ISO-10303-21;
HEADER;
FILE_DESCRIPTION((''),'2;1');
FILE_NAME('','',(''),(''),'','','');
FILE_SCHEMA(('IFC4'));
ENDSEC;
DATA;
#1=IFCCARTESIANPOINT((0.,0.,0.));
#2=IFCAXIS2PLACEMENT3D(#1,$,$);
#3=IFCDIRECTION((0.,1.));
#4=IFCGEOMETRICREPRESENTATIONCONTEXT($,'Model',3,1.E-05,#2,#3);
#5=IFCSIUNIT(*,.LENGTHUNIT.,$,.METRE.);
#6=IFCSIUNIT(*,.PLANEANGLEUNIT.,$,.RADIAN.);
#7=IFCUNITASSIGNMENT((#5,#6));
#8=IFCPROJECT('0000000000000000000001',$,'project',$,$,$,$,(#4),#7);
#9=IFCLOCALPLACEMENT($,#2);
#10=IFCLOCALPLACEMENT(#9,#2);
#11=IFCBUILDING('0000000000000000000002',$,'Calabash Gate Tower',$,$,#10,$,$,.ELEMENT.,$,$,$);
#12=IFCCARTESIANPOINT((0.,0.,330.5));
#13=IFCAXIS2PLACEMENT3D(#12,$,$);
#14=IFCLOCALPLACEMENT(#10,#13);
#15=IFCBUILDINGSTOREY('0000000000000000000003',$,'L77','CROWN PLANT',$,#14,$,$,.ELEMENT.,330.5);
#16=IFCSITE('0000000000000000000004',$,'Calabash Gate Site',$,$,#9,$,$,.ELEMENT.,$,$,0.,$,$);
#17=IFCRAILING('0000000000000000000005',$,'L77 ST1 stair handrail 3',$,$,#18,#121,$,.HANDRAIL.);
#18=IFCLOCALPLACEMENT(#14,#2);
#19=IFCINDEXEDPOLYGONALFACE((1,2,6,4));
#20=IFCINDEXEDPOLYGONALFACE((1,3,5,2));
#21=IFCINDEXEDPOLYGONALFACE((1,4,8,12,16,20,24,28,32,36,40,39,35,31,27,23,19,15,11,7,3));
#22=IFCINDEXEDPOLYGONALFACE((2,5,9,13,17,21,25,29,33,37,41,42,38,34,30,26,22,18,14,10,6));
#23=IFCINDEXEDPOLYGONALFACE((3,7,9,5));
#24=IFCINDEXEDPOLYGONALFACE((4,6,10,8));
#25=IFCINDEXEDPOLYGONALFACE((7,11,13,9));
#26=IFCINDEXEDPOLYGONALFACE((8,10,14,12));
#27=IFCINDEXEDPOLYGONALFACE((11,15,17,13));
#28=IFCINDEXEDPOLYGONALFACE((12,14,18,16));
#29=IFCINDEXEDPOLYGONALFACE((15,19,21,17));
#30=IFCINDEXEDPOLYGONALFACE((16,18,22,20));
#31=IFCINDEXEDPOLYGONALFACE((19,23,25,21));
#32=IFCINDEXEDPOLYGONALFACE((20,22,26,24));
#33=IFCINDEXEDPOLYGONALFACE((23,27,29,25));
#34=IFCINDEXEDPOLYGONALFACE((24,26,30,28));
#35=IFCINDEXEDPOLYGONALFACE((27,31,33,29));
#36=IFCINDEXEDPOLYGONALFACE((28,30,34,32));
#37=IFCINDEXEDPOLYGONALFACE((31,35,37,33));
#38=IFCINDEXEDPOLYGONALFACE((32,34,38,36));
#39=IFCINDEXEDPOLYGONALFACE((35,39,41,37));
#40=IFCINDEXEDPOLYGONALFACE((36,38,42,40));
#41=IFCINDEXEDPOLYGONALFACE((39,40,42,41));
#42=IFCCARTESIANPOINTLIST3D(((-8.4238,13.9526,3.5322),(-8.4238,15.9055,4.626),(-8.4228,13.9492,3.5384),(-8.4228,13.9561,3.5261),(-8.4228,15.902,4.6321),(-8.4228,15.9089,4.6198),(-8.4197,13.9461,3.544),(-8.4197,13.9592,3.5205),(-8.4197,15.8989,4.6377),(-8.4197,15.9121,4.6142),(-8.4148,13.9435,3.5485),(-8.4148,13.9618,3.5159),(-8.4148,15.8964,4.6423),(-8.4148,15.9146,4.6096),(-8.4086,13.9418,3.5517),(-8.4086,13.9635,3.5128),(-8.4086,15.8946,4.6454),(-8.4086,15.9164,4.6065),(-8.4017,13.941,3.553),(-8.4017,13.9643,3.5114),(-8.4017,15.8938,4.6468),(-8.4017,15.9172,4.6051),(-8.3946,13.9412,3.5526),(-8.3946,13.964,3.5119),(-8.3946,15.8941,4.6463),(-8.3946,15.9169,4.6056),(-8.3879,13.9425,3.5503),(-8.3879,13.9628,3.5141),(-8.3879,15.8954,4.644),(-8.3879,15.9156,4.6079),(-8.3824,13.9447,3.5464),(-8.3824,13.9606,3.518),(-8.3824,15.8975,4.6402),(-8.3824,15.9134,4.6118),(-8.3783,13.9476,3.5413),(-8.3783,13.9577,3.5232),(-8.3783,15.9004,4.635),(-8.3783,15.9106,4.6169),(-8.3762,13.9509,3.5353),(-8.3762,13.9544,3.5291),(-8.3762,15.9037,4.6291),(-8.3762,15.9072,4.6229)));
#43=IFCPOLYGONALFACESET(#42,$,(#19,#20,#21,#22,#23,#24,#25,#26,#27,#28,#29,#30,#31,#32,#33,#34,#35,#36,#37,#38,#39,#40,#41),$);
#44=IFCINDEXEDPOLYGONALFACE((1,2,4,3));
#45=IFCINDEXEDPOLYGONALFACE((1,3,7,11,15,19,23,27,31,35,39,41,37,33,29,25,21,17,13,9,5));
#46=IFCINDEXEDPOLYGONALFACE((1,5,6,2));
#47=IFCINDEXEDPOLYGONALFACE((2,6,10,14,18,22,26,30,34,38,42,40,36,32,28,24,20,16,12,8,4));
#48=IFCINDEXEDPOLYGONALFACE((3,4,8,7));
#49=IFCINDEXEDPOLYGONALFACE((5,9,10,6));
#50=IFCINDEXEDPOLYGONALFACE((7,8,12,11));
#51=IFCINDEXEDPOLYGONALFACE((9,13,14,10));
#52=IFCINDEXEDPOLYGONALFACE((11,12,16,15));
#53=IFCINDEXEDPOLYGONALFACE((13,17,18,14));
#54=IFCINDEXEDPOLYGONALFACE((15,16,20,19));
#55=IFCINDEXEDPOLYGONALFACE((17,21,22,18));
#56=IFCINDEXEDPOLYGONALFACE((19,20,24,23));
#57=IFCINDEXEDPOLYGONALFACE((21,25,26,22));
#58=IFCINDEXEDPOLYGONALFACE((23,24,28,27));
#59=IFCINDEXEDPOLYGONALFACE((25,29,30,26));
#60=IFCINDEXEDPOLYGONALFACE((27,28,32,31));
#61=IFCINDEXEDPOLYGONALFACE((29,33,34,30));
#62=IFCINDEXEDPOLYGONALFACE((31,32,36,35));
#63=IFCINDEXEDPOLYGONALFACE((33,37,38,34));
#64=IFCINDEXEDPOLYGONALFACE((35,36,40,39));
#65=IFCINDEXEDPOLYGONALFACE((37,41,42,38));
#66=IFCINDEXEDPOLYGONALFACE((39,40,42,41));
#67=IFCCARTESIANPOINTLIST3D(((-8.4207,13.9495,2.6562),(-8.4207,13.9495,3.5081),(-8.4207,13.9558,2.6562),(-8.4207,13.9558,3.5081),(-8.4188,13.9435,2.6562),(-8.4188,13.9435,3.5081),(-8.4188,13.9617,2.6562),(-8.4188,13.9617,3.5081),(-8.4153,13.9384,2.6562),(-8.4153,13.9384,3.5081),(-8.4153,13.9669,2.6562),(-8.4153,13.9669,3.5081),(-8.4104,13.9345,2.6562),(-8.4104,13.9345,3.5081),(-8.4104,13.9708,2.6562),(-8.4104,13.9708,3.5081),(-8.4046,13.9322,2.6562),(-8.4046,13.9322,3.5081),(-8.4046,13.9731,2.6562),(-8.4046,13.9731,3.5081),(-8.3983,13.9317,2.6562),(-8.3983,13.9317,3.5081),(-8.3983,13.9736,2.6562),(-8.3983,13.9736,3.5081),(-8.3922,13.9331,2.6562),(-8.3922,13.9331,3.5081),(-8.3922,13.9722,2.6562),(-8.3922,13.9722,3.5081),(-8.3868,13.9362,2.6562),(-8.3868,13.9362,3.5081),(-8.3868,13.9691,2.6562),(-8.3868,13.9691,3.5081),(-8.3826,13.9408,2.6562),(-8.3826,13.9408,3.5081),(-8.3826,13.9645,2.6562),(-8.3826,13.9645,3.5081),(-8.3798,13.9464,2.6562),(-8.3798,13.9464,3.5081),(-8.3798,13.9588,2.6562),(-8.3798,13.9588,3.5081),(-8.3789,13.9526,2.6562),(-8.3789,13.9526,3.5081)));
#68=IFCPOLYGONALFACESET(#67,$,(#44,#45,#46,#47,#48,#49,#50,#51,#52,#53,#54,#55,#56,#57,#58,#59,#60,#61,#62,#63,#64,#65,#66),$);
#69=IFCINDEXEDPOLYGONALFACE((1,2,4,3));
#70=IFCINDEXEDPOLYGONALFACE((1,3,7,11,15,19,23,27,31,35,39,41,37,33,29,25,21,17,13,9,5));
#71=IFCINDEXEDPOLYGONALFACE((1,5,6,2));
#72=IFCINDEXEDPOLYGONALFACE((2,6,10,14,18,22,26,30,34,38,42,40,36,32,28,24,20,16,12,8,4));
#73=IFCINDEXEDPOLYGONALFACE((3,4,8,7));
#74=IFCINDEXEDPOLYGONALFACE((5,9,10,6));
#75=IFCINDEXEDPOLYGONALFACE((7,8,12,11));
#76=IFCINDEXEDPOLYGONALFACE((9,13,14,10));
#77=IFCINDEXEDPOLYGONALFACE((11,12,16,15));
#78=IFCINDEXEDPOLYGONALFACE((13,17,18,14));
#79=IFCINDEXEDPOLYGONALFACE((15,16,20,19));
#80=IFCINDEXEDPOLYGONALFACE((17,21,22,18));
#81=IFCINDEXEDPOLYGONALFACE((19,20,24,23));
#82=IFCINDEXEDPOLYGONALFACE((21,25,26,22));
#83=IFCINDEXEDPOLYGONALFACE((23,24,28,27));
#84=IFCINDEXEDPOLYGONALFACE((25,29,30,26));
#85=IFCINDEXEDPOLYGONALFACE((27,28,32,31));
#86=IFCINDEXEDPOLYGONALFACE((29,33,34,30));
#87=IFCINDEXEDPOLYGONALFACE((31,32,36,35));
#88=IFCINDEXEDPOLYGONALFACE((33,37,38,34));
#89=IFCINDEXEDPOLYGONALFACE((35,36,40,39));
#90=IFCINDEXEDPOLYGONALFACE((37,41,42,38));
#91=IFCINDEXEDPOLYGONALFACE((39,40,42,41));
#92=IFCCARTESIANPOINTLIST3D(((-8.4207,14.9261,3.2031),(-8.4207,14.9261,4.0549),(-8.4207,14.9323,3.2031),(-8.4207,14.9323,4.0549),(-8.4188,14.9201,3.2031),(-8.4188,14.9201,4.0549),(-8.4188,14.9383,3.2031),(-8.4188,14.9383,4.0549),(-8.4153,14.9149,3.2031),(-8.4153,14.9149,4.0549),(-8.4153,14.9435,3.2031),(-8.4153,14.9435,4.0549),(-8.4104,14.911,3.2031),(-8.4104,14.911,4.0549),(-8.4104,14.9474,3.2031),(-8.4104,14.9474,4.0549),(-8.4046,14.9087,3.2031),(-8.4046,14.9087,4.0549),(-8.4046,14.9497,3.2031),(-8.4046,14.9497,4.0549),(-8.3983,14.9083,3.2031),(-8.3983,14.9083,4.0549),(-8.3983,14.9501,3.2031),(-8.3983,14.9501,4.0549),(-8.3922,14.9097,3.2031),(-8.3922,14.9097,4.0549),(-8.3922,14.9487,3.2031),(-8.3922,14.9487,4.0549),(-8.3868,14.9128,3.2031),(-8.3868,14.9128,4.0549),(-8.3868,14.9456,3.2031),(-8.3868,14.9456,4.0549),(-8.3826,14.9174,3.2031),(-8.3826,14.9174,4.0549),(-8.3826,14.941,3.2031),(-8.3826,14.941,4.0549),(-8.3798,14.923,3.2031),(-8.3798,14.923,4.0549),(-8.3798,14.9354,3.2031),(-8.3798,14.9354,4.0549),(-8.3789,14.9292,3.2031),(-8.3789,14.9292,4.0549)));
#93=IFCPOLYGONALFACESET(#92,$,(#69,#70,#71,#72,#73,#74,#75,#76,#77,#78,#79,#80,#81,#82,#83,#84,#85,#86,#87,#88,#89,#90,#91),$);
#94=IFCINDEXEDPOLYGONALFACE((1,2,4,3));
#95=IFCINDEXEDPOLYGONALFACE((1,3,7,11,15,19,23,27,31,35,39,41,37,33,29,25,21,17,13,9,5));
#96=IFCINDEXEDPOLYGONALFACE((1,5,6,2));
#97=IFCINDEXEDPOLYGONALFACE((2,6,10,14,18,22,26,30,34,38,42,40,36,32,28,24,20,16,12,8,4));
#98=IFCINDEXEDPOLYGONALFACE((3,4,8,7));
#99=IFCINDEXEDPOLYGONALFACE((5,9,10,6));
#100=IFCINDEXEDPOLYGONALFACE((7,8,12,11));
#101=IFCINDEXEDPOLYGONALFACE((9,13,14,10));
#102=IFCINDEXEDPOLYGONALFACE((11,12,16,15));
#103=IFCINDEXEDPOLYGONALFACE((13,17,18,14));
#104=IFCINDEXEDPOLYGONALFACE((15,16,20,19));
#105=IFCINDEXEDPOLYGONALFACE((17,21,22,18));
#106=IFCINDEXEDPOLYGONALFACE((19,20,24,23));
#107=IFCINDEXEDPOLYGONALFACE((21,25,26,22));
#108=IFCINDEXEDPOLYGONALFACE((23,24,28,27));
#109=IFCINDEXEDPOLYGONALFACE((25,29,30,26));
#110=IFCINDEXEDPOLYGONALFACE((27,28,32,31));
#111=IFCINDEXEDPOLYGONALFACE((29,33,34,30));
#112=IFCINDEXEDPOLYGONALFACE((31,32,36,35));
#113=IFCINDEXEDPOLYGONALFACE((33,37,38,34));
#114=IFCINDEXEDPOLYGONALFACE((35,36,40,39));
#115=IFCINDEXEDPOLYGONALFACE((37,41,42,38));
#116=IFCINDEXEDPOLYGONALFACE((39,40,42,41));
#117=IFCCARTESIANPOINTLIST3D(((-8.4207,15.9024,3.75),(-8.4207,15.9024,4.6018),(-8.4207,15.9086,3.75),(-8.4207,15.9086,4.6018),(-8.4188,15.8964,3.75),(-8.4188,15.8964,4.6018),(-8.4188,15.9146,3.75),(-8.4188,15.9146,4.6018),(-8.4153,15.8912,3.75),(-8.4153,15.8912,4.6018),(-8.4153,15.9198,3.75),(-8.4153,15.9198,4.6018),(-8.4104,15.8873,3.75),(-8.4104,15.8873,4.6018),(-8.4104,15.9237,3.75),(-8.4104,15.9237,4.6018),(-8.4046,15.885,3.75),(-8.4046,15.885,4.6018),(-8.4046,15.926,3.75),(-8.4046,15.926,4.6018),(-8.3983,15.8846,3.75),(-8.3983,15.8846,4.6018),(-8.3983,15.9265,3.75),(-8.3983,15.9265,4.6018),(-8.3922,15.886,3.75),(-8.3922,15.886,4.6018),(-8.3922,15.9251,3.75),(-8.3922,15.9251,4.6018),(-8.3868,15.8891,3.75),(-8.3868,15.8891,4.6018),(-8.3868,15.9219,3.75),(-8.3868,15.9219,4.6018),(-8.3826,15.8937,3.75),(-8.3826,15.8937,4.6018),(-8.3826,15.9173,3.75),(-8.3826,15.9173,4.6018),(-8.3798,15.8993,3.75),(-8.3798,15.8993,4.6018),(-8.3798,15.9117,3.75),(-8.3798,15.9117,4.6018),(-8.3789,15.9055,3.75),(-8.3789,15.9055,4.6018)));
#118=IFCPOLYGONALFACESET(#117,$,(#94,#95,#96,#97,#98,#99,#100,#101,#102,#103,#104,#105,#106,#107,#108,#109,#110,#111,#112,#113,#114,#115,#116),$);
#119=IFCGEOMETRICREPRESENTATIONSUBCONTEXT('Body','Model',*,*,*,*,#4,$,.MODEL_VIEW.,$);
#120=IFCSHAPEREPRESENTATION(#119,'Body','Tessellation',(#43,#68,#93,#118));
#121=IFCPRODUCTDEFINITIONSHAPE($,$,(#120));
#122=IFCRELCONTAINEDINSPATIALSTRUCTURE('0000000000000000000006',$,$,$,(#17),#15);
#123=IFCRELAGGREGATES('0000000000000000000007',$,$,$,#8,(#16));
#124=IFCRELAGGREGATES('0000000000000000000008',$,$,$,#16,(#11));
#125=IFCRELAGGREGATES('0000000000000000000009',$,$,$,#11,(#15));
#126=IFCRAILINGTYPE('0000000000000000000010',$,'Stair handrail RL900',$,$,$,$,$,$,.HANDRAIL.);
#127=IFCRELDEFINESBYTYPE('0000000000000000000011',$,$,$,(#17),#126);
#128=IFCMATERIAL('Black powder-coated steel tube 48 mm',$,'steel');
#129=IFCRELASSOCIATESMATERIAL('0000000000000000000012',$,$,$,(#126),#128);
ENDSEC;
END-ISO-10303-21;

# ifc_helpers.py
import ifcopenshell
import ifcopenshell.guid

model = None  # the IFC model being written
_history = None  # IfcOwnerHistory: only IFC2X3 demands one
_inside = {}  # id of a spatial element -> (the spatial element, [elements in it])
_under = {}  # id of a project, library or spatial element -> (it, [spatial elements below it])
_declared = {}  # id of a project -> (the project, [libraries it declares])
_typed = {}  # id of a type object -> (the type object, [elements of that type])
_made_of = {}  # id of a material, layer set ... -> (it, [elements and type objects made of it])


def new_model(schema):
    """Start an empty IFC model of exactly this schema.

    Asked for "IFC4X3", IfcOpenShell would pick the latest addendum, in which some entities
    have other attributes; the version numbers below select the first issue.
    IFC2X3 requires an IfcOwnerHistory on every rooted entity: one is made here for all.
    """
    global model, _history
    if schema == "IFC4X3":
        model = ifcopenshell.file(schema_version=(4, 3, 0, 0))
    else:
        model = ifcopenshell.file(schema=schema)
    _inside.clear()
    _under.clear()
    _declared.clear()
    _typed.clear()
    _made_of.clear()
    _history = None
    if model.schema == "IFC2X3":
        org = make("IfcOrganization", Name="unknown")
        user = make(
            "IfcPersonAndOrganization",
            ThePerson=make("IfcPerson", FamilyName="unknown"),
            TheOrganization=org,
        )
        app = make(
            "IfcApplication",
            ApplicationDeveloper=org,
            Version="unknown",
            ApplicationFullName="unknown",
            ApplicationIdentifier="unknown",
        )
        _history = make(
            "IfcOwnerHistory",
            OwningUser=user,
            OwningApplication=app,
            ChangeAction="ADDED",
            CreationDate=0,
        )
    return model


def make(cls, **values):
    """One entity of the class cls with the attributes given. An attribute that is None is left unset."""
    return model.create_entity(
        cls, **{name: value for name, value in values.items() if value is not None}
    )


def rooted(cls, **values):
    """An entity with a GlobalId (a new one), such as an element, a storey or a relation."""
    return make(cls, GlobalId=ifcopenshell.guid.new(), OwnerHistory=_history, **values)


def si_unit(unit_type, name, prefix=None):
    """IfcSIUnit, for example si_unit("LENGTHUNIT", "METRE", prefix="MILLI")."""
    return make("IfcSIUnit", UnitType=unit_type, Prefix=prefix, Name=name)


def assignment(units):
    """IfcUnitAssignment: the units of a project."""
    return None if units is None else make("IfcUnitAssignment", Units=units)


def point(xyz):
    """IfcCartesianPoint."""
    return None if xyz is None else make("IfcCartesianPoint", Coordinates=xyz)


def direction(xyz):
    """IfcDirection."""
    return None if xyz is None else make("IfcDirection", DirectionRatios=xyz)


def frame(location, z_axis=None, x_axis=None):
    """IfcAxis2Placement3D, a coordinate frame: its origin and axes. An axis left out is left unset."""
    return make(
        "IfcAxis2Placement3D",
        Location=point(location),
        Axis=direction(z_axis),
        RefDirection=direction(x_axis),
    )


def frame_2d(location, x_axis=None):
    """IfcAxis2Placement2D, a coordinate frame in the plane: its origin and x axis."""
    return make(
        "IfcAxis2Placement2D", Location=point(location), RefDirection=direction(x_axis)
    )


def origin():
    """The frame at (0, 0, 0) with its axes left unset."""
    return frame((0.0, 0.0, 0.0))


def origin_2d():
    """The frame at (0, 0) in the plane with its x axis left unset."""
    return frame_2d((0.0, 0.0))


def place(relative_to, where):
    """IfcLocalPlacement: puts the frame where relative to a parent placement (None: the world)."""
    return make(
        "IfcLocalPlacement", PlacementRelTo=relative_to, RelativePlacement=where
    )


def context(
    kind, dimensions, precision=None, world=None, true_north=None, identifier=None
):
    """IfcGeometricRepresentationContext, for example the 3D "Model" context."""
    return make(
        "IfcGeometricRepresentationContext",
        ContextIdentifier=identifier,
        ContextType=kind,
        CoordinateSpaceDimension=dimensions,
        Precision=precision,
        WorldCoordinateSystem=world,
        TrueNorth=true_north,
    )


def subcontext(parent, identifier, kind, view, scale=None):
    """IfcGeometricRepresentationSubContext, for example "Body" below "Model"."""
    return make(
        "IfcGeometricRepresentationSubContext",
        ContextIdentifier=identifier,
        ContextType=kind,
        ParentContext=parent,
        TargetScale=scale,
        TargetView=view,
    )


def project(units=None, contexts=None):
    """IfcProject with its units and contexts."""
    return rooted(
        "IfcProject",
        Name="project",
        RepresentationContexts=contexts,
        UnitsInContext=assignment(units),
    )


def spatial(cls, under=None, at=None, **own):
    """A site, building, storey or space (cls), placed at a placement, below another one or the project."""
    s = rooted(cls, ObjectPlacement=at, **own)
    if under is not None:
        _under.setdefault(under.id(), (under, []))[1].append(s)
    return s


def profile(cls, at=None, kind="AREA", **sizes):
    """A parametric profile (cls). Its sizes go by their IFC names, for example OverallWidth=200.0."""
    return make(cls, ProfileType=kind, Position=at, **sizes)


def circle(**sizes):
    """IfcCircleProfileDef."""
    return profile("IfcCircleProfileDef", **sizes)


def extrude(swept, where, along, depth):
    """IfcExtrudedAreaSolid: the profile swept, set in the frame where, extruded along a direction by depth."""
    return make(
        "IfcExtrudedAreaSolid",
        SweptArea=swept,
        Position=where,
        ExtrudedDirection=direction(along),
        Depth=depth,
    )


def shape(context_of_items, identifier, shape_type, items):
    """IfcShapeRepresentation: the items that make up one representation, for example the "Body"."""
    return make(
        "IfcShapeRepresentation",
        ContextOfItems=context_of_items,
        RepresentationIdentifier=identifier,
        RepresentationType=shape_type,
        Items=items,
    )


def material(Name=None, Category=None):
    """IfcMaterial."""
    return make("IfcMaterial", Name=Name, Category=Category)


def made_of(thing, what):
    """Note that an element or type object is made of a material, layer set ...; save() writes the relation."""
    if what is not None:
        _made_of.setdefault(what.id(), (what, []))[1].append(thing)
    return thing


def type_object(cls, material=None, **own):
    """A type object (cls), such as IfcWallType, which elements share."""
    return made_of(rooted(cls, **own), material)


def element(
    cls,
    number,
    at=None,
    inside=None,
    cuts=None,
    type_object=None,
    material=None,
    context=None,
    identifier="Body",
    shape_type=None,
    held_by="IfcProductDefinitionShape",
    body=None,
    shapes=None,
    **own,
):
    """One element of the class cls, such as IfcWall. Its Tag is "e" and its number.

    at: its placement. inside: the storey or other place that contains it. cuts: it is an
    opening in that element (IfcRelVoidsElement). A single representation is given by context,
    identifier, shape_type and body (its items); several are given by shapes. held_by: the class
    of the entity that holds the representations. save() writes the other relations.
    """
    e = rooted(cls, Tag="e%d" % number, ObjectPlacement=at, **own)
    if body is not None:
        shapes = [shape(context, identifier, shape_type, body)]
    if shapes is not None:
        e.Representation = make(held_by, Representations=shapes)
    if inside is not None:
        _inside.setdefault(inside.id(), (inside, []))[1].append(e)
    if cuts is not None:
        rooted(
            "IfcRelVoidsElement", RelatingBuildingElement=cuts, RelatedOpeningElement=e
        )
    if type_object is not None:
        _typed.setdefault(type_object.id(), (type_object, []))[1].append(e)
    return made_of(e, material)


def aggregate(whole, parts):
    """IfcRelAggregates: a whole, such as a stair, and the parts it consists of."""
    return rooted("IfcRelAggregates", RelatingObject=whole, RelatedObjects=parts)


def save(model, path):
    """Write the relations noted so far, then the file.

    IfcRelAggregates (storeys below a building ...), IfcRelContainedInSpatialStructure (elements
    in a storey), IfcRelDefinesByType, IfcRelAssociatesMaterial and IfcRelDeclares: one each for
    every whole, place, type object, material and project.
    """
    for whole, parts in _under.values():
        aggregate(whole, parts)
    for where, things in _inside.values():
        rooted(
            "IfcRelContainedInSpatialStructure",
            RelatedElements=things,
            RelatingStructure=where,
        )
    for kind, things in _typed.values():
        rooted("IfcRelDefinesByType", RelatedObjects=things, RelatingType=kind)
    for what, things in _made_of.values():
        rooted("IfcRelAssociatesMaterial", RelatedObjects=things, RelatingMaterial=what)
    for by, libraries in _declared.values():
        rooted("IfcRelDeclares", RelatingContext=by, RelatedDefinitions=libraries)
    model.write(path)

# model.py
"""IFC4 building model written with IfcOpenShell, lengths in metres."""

from ifc_helpers import new_model, si_unit, direction, frame, origin, origin_2d, place, context, subcontext, project, spatial, circle, extrude, material, type_object, element, save


model = new_model("IFC4")

# Units and contexts
model_context = context("Model", 3, precision=1e-05, world=origin(), true_north=direction((0.0, 1.0)))
body_context = subcontext(model_context, "Body", "Model", "MODEL_VIEW")
ifc_project = project(units=[si_unit("LENGTHUNIT", "METRE"), si_unit("PLANEANGLEUNIT", "RADIAN")], contexts=[model_context])

# Site, building, storey
site_placement = place(None, origin())
site = spatial("IfcSite", under=ifc_project, at=site_placement, Name="Calabash Gate Site", CompositionType="ELEMENT", RefElevation=0.0)
building_placement = place(site_placement, origin())
building = spatial("IfcBuilding", under=site, at=building_placement, Name="Calabash Gate Tower", CompositionType="ELEMENT")
storey_placement = place(building_placement, frame((0.0, 0.0, 330.5)))
storey = spatial("IfcBuildingStorey", under=building, at=storey_placement, Name="L77", Description="CROWN PLANT", CompositionType="ELEMENT", Elevation=330.5)

# Railing
ifc_material_1 = material(Name="Black powder-coated steel tube 48 mm", Category="steel")
railing_type_1 = type_object("IfcRailingType", Name="Stair handrail RL900", PredefinedType="HANDRAIL", material=ifc_material_1)
railing_1_placement = place(storey_placement, frame((-8.3999, 13.9526, 2.6562)))
element("IfcRailing", 1, at=railing_1_placement, inside=storey, type_object=railing_type_1, Name="L77 ST1 stair handrail 3", PredefinedType="HANDRAIL", context=body_context, shape_type="SweptSolid", body=[
    extrude(circle(Radius=0.0239, at=origin_2d()), frame((0.0, 0.0, 0.876), z_axis=(0.0, 0.87248, 0.48865), x_axis=(-1.0, 0.0, 0.0)), (0.0, 0.0, 1.0), 2.2383),
    extrude(circle(Radius=0.021, at=origin_2d()), origin(), (0.0, 0.0, 1.0), 0.8518),
    extrude(circle(Radius=0.021, at=origin_2d()), frame((0.0, 0.9766, 0.5469)), (0.0, 0.0, 1.0), 0.8518),
    extrude(circle(Radius=0.021, at=origin_2d()), frame((0.0, 1.9529, 1.0938)), (0.0, 0.0, 1.0), 0.8518),
])

save(model, "model.ifc")
